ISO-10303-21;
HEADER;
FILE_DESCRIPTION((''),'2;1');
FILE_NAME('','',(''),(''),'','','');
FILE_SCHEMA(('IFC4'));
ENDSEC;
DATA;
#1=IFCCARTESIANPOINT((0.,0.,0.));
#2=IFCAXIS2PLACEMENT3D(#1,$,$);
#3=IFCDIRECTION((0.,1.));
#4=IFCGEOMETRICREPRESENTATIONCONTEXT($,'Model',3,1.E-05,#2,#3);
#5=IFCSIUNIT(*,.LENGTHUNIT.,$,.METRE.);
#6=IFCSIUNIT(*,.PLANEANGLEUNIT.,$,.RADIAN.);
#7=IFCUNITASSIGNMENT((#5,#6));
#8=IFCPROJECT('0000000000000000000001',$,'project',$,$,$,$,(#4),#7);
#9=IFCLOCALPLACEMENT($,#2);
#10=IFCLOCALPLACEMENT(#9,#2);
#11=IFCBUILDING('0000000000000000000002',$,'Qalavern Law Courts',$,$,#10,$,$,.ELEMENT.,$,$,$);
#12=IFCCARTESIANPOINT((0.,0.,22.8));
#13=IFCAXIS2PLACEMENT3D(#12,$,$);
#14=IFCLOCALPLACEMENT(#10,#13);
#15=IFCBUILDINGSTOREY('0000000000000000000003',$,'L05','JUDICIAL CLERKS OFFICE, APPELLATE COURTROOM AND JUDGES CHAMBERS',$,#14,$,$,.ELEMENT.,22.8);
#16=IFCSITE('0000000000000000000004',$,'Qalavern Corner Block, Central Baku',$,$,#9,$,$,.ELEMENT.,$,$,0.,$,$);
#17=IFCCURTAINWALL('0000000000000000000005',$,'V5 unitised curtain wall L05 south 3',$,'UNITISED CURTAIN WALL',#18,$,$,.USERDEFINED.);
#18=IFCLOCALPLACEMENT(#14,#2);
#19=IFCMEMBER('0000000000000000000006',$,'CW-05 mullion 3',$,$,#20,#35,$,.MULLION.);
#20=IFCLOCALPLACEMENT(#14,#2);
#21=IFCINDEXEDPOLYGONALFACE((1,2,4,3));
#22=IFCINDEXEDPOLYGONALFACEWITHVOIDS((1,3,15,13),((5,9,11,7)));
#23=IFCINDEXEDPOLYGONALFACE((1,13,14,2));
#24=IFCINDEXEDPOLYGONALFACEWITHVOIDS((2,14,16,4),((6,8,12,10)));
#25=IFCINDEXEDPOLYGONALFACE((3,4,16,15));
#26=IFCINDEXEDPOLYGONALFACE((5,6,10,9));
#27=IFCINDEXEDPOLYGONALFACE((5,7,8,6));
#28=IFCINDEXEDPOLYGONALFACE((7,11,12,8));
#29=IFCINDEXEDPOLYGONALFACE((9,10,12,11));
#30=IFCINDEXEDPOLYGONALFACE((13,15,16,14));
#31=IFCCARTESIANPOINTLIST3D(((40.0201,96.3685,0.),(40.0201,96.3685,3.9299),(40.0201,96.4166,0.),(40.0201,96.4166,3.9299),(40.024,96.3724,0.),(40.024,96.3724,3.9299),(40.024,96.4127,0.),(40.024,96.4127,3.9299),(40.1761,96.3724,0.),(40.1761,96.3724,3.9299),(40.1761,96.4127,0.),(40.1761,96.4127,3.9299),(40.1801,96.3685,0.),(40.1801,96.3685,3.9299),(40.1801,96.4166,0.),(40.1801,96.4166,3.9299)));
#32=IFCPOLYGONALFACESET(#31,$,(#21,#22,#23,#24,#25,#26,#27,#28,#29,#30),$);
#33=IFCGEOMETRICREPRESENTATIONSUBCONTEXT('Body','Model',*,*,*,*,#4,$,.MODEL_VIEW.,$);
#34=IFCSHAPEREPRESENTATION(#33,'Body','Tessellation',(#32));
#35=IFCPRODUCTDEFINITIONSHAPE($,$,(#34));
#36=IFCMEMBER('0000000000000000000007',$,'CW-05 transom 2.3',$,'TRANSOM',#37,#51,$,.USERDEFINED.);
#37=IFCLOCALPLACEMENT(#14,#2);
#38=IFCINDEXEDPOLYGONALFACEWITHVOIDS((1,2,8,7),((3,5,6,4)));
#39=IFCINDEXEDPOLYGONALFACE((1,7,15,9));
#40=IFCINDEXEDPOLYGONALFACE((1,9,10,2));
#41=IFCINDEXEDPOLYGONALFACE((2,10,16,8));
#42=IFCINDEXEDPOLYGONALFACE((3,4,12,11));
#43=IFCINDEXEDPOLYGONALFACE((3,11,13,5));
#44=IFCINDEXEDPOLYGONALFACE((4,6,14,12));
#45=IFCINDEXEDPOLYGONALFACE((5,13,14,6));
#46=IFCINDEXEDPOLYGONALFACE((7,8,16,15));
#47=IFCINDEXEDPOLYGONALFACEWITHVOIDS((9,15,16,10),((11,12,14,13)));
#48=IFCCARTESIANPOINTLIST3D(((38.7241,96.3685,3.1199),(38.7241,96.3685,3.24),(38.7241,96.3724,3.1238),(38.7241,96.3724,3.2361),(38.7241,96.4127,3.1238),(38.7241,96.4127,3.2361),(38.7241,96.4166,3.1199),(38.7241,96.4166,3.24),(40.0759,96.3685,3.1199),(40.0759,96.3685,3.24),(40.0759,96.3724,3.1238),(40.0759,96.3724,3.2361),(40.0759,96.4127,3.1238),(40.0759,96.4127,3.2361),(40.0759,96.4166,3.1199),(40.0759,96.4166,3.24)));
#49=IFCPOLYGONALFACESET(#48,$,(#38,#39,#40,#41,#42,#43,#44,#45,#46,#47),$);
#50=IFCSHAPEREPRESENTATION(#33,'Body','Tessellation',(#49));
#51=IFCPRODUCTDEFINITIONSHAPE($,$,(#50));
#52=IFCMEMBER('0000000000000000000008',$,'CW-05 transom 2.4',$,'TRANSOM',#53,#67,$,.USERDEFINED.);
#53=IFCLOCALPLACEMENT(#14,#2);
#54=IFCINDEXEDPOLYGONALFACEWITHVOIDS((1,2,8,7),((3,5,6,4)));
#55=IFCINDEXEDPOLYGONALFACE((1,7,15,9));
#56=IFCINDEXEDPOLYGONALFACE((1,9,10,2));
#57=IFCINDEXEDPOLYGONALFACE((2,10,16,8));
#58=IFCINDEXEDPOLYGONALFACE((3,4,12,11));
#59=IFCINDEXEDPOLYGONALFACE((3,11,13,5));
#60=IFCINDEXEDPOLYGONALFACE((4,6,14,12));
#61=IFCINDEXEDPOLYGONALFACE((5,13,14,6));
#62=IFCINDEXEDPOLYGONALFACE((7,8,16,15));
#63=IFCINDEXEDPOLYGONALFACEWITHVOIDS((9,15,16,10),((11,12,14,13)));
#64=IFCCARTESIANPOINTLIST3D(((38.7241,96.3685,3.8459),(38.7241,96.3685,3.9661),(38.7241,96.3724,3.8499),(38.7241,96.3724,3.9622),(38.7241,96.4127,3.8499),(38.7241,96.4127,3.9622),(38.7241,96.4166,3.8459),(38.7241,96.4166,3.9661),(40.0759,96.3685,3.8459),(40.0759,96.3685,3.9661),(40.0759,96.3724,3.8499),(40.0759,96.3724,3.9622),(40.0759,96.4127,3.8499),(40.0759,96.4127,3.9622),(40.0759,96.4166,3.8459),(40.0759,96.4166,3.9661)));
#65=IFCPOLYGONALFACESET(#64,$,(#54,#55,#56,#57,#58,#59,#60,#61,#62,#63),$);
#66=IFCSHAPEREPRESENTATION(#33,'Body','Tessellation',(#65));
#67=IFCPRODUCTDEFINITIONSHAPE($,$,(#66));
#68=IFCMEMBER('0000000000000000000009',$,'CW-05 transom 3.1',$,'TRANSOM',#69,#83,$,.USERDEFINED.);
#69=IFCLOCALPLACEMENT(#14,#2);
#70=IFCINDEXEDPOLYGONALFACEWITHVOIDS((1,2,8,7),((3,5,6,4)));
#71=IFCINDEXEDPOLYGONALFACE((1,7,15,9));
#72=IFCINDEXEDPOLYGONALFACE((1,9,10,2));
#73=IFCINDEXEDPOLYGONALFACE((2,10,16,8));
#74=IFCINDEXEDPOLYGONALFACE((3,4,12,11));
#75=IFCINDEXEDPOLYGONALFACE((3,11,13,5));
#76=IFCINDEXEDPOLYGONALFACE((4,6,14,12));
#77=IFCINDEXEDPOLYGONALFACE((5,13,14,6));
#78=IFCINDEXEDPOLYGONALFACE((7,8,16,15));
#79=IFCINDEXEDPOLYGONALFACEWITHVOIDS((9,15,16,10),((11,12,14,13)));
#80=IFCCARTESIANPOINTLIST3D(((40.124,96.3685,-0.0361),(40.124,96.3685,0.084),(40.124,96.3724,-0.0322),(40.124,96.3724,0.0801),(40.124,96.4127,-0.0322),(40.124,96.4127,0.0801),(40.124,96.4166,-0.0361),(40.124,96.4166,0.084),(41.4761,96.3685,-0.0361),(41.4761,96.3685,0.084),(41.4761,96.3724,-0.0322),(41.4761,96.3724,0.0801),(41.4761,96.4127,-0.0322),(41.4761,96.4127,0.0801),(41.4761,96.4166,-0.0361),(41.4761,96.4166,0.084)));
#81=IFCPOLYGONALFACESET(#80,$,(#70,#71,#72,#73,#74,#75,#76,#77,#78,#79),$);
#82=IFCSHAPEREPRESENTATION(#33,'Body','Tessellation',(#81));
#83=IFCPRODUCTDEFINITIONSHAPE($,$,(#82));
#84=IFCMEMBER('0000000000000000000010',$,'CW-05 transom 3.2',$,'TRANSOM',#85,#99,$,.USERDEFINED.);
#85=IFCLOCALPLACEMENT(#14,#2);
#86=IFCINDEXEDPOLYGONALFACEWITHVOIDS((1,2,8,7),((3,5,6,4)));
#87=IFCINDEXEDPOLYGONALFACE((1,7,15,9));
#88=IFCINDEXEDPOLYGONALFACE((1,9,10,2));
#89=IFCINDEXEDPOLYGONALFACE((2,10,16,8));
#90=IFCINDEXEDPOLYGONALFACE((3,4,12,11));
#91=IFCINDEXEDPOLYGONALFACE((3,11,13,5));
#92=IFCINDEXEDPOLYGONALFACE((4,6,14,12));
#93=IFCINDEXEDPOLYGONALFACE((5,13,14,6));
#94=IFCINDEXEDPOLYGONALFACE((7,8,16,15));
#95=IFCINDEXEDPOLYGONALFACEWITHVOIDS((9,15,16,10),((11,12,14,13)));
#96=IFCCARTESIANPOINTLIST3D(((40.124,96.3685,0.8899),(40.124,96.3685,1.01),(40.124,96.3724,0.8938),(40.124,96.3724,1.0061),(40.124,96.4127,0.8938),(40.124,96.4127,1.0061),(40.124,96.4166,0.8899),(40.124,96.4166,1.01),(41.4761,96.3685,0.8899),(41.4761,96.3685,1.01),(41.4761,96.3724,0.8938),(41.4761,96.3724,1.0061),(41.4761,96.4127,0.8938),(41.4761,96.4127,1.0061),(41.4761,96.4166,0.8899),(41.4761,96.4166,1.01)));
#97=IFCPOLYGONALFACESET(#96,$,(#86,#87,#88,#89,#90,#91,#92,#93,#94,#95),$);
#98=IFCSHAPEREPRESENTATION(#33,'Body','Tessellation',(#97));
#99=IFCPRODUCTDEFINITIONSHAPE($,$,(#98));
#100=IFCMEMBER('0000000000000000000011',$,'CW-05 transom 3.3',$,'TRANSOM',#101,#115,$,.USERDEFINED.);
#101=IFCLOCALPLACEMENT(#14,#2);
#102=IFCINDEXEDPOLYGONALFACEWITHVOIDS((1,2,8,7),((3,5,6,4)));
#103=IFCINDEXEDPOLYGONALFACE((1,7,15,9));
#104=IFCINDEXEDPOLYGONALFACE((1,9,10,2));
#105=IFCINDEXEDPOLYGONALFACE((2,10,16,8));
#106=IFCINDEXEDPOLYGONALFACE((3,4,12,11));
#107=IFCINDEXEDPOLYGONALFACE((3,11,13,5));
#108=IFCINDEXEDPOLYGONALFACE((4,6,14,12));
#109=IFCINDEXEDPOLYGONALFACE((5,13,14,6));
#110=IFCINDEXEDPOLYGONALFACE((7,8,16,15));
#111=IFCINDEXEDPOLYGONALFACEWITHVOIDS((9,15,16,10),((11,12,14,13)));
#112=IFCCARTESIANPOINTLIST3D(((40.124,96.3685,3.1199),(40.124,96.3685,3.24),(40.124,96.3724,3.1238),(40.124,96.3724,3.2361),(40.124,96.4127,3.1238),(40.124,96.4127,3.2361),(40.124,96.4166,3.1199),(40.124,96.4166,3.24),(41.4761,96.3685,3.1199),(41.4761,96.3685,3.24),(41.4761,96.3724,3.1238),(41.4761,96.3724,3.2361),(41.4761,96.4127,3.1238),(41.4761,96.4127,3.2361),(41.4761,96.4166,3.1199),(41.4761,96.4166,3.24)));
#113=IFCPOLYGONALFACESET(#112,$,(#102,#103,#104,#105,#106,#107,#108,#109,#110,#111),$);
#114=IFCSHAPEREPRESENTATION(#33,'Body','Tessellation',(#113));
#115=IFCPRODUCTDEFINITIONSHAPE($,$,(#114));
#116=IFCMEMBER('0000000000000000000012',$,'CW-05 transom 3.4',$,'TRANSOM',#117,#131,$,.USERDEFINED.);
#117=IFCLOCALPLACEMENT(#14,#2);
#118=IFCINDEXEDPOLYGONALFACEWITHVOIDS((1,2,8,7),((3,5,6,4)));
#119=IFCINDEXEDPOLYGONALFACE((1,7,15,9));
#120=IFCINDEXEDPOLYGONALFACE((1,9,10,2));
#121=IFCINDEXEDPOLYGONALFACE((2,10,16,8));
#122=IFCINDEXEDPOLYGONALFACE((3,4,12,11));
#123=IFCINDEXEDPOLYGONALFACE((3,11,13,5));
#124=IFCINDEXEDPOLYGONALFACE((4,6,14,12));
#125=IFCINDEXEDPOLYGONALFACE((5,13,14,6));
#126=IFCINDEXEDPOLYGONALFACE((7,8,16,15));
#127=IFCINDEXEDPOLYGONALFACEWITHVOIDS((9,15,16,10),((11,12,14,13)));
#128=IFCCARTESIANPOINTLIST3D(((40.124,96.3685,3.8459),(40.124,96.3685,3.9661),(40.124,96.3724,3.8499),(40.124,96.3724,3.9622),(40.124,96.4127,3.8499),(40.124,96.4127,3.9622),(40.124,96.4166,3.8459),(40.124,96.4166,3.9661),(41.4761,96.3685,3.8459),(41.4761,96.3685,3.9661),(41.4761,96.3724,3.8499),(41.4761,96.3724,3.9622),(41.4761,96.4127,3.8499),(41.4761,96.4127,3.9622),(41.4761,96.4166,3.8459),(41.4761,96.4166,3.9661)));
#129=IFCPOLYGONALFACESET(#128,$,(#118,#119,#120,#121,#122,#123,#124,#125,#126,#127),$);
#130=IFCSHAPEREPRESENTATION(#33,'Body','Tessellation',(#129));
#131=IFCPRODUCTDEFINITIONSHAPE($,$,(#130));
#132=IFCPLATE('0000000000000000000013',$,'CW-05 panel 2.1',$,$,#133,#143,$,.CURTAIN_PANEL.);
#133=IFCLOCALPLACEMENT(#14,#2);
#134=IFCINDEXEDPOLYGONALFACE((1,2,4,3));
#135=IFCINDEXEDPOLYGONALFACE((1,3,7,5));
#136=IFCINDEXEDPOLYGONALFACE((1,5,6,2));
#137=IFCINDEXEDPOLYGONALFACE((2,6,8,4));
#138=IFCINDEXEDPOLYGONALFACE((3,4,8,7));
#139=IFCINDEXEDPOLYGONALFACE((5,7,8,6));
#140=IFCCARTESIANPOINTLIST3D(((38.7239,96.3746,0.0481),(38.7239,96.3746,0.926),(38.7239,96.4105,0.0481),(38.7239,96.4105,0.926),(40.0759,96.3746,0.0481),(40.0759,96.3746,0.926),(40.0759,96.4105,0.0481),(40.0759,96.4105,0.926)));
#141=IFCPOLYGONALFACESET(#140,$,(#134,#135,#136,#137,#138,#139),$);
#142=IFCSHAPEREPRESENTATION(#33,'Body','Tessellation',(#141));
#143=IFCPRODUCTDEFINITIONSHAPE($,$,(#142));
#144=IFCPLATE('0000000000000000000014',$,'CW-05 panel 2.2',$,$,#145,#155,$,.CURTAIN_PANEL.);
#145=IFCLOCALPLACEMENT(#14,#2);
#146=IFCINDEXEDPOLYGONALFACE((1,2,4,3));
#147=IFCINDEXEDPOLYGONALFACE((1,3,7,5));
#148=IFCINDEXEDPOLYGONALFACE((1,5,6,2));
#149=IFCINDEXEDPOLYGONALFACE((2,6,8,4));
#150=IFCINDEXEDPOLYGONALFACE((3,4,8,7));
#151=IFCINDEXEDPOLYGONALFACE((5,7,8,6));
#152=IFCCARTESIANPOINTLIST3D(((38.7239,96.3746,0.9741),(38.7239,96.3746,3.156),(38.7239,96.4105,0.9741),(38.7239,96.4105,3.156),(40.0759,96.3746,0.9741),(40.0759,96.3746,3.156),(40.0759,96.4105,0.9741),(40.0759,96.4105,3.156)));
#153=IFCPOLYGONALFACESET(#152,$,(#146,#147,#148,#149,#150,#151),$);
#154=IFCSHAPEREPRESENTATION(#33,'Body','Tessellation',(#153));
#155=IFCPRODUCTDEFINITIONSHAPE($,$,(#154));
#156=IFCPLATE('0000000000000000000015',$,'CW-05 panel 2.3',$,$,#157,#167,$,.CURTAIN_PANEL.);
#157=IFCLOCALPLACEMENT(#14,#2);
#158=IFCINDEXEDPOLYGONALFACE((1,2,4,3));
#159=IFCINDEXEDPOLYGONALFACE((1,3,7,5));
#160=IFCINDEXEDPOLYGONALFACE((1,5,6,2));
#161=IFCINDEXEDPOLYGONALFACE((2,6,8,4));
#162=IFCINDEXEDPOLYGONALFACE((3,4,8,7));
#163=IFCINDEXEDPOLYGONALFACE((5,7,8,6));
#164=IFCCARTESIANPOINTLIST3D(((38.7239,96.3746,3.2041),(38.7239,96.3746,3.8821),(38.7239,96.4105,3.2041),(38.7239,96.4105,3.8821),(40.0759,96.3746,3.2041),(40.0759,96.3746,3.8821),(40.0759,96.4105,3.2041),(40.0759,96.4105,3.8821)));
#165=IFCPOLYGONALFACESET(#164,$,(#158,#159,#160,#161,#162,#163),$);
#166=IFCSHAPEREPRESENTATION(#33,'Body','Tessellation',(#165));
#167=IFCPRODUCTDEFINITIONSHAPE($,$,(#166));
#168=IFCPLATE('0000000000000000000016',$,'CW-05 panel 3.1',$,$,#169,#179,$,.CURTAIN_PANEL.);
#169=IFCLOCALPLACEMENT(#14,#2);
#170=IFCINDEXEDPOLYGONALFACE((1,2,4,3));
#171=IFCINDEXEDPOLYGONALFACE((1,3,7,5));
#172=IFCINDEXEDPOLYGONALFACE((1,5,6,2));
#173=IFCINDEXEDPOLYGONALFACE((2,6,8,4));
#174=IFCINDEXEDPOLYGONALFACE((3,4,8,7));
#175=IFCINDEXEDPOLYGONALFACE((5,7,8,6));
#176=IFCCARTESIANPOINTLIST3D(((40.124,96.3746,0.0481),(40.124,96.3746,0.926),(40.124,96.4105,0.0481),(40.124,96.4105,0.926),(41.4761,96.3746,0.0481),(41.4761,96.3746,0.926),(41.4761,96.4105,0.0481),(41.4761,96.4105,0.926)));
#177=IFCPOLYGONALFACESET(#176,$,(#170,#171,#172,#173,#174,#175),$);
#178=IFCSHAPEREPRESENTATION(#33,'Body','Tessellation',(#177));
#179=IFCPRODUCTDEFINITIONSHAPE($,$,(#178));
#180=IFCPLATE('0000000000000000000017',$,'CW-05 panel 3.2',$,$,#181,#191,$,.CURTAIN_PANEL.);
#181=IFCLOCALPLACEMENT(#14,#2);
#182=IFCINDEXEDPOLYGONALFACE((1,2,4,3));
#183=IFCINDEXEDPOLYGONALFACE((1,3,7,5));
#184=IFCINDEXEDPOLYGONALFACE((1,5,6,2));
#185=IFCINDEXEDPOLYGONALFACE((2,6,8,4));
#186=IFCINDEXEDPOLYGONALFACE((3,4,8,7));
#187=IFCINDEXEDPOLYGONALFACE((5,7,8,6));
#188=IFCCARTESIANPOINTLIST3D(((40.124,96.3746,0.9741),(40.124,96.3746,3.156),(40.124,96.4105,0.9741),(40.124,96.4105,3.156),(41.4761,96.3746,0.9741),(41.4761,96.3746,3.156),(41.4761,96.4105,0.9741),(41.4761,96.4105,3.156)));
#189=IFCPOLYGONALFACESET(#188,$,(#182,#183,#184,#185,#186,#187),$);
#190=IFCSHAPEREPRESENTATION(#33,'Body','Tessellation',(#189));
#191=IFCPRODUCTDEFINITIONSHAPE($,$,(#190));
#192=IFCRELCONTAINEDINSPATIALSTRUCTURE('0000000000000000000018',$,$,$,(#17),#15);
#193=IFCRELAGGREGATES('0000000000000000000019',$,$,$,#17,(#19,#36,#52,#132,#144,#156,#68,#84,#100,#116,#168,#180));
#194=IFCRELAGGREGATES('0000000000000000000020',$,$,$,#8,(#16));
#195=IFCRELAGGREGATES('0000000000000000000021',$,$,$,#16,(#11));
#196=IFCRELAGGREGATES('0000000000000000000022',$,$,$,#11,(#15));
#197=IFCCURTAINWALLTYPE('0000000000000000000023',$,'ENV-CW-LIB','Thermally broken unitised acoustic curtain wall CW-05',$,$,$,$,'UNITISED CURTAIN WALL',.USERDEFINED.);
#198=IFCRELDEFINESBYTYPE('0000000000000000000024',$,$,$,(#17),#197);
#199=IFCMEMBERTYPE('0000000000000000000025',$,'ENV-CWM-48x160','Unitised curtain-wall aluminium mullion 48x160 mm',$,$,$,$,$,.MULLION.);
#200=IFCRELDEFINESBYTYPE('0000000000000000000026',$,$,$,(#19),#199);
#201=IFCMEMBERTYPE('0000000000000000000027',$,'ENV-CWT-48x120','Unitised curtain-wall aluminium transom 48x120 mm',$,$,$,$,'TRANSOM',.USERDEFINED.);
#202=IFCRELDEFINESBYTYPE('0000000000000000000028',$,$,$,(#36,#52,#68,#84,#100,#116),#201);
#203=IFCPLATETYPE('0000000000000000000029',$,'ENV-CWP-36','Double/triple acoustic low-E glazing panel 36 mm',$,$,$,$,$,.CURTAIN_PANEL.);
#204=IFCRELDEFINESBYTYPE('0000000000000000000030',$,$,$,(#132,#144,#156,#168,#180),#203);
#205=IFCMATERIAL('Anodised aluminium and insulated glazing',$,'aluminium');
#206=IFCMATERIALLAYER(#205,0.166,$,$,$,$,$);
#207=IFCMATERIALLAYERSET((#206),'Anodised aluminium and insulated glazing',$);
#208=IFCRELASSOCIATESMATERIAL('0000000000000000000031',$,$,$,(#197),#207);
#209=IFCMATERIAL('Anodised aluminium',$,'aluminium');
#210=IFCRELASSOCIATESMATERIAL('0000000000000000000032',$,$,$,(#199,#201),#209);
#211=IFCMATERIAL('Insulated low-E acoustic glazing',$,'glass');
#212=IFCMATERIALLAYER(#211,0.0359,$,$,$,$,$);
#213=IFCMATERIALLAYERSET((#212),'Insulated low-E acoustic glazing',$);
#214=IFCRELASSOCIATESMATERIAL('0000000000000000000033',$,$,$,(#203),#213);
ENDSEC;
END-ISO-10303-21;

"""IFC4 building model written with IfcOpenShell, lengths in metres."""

from ifc_helpers import new_model, si_unit, direction, frame, origin, origin_2d, place, context, subcontext, project, spatial, rectangle, hollow_rectangle, extrude, material, layer, layer_set, material_profile, profile_set, type_object, element, aggregate, save


model = new_model("IFC4")

# Units and contexts
model_context = context("Model", 3, precision=1e-05, world=origin(), true_north=direction((0.0, 1.0)))
body_context = subcontext(model_context, "Body", "Model", "MODEL_VIEW")
ifc_project = project(units=[si_unit("LENGTHUNIT", "METRE"), si_unit("PLANEANGLEUNIT", "RADIAN")], contexts=[model_context])

# Site, building, storey
site_placement = place(None, origin())
site = spatial("IfcSite", under=ifc_project, at=site_placement, Name="Qalavern Corner Block, Central Baku", CompositionType="ELEMENT", RefElevation=0.0)
building_placement = place(site_placement, origin())
building = spatial("IfcBuilding", under=site, at=building_placement, Name="Qalavern Law Courts", CompositionType="ELEMENT")
storey_placement = place(building_placement, frame((0.0, 0.0, 22.8)))
storey = spatial("IfcBuildingStorey", under=building, at=storey_placement, Name="L05", Description="JUDICIAL CLERKS OFFICE, APPELLATE COURTROOM AND JUDGES CHAMBERS", CompositionType="ELEMENT", Elevation=22.8)

# Curtain wall, members, plates
ifc_material_1 = material(Name="Anodised aluminium and insulated glazing", Category="aluminium")
ifc_layer_1 = layer(ifc_material_1, 0.166)
ifc_layer_set_1 = layer_set([ifc_layer_1], Name="Anodised aluminium and insulated glazing")
curtain_wall_type = type_object("IfcCurtainWallType", Name="ENV-CW-LIB", Description="Thermally broken unitised acoustic curtain wall CW-05", ElementType="UNITISED CURTAIN WALL", PredefinedType="USERDEFINED", material=ifc_layer_set_1)
curtain_wall_placement = place(storey_placement, origin())
curtain_wall = element("IfcCurtainWall", 1, at=curtain_wall_placement, inside=storey, type_object=curtain_wall_type, Name="V5 unitised curtain wall L05 south 3", ObjectType="UNITISED CURTAIN WALL", PredefinedType="USERDEFINED")
ifc_material_2 = material(Name="Anodised aluminium", Category="aluminium")
ifc_material_profile_1 = material_profile(ifc_material_2, hollow_rectangle(XDim=0.0481, YDim=0.1599, WallThickness=0.0039, at=origin_2d()), Name="ALU MULLION 48x160")
ifc_profile_set_1 = profile_set([ifc_material_profile_1], Name="Anodised aluminium")
member_type_1 = type_object("IfcMemberType", Name="ENV-CWM-48x160", Description="Unitised curtain-wall aluminium mullion 48x160 mm", PredefinedType="MULLION", material=ifc_profile_set_1)
member_1_placement = place(storey_placement, frame((40.1001, 96.3926, 0.0), z_axis=(0.0, 0.0, 1.0), x_axis=(0.0, 1.0, 0.0)))
member_1 = element("IfcMember", 2, at=member_1_placement, type_object=member_type_1, Name="CW-05 mullion 3", PredefinedType="MULLION", context=body_context, shape_type="SweptSolid", body=[
    extrude(hollow_rectangle(XDim=0.0481, YDim=0.1599, WallThickness=0.0039, at=origin_2d()), origin(), (0.0, 0.0, 1.0), 3.9299),
])
ifc_material_profile_2 = material_profile(ifc_material_2, hollow_rectangle(XDim=0.0481, YDim=0.1201, WallThickness=0.0039, at=origin_2d()), Name="ALU TRANSOM 48x120")
ifc_profile_set_2 = profile_set([ifc_material_profile_2], Name="Anodised aluminium")
member_type_2 = type_object("IfcMemberType", Name="ENV-CWT-48x120", Description="Unitised curtain-wall aluminium transom 48x120 mm", ElementType="TRANSOM", PredefinedType="USERDEFINED", material=ifc_profile_set_2)
member_2_placement = place(storey_placement, frame((38.7241, 96.3926, 3.1799), z_axis=(1.0, 0.0, 0.0), x_axis=(0.0, 1.0, 0.0)))
member_2 = element("IfcMember", 3, at=member_2_placement, type_object=member_type_2, Name="CW-05 transom 2.3", ObjectType="TRANSOM", PredefinedType="USERDEFINED", context=body_context, shape_type="SweptSolid", body=[
    extrude(hollow_rectangle(XDim=0.0481, YDim=0.1201, WallThickness=0.0039, at=origin_2d()), origin(), (0.0, 0.0, 1.0), 1.3518),
])
member_3_placement = place(storey_placement, frame((38.7241, 96.3926, 3.906), z_axis=(1.0, 0.0, 0.0), x_axis=(0.0, 1.0, 0.0)))
member_3 = element("IfcMember", 4, at=member_3_placement, type_object=member_type_2, Name="CW-05 transom 2.4", ObjectType="TRANSOM", PredefinedType="USERDEFINED", context=body_context, shape_type="SweptSolid", body=[
    extrude(hollow_rectangle(XDim=0.0481, YDim=0.1201, WallThickness=0.0039, at=origin_2d()), origin(), (0.0, 0.0, 1.0), 1.3518),
])
member_4_placement = place(storey_placement, frame((40.124, 96.3926, 0.0239), z_axis=(1.0, 0.0, 0.0), x_axis=(0.0, 1.0, 0.0)))
member_4 = element("IfcMember", 5, at=member_4_placement, type_object=member_type_2, Name="CW-05 transom 3.1", ObjectType="TRANSOM", PredefinedType="USERDEFINED", context=body_context, shape_type="SweptSolid", body=[
    extrude(hollow_rectangle(XDim=0.0481, YDim=0.1201, WallThickness=0.0039, at=origin_2d()), origin(), (0.0, 0.0, 1.0), 1.3521),
])
member_5_placement = place(storey_placement, frame((40.124, 96.3926, 0.95), z_axis=(1.0, 0.0, 0.0), x_axis=(0.0, 1.0, 0.0)))
member_5 = element("IfcMember", 6, at=member_5_placement, type_object=member_type_2, Name="CW-05 transom 3.2", ObjectType="TRANSOM", PredefinedType="USERDEFINED", context=body_context, shape_type="SweptSolid", body=[
    extrude(hollow_rectangle(XDim=0.0481, YDim=0.1201, WallThickness=0.0039, at=origin_2d()), origin(), (0.0, 0.0, 1.0), 1.3521),
])
member_6_placement = place(storey_placement, frame((40.124, 96.3926, 3.1799), z_axis=(1.0, 0.0, 0.0), x_axis=(0.0, 1.0, 0.0)))
member_6 = element("IfcMember", 7, at=member_6_placement, type_object=member_type_2, Name="CW-05 transom 3.3", ObjectType="TRANSOM", PredefinedType="USERDEFINED", context=body_context, shape_type="SweptSolid", body=[
    extrude(hollow_rectangle(XDim=0.0481, YDim=0.1201, WallThickness=0.0039, at=origin_2d()), origin(), (0.0, 0.0, 1.0), 1.3521),
])
member_7_placement = place(storey_placement, frame((40.124, 96.3926, 3.906), z_axis=(1.0, 0.0, 0.0), x_axis=(0.0, 1.0, 0.0)))
member_7 = element("IfcMember", 8, at=member_7_placement, type_object=member_type_2, Name="CW-05 transom 3.4", ObjectType="TRANSOM", PredefinedType="USERDEFINED", context=body_context, shape_type="SweptSolid", body=[
    extrude(hollow_rectangle(XDim=0.0481, YDim=0.1201, WallThickness=0.0039, at=origin_2d()), origin(), (0.0, 0.0, 1.0), 1.3521),
])
ifc_material_3 = material(Name="Insulated low-E acoustic glazing", Category="glass")
ifc_layer_2 = layer(ifc_material_3, 0.0359)
ifc_layer_set_2 = layer_set([ifc_layer_2], Name="Insulated low-E acoustic glazing")
plate_type = type_object("IfcPlateType", Name="ENV-CWP-36", Description="Double/triple acoustic low-E glazing panel 36 mm", PredefinedType="CURTAIN_PANEL", material=ifc_layer_set_2)
plate_1_placement = place(storey_placement, frame((39.3999, 96.3926, 0.0481), z_axis=(0.0, 0.0, 1.0), x_axis=(1.0, 0.0, 0.0)))
plate_1 = element("IfcPlate", 9, at=plate_1_placement, type_object=plate_type, Name="CW-05 panel 2.1", PredefinedType="CURTAIN_PANEL", context=body_context, shape_type="SweptSolid", body=[
    extrude(rectangle(XDim=1.3521, YDim=0.0359, at=origin_2d()), origin(), (0.0, 0.0, 1.0), 0.8779),
])
plate_2_placement = place(storey_placement, frame((39.3999, 96.3926, 0.9741), z_axis=(0.0, 0.0, 1.0), x_axis=(1.0, 0.0, 0.0)))
plate_2 = element("IfcPlate", 10, at=plate_2_placement, type_object=plate_type, Name="CW-05 panel 2.2", PredefinedType="CURTAIN_PANEL", context=body_context, shape_type="SweptSolid", body=[
    extrude(rectangle(XDim=1.3521, YDim=0.0359, at=origin_2d()), origin(), (0.0, 0.0, 1.0), 2.1819),
])
plate_3_placement = place(storey_placement, frame((39.3999, 96.3926, 3.2041), z_axis=(0.0, 0.0, 1.0), x_axis=(1.0, 0.0, 0.0)))
plate_3 = element("IfcPlate", 11, at=plate_3_placement, type_object=plate_type, Name="CW-05 panel 2.3", PredefinedType="CURTAIN_PANEL", context=body_context, shape_type="SweptSolid", body=[
    extrude(rectangle(XDim=1.3521, YDim=0.0359, at=origin_2d()), origin(), (0.0, 0.0, 1.0), 0.678),
])
plate_4_placement = place(storey_placement, frame((40.8, 96.3926, 0.0481), z_axis=(0.0, 0.0, 1.0), x_axis=(1.0, 0.0, 0.0)))
plate_4 = element("IfcPlate", 12, at=plate_4_placement, type_object=plate_type, Name="CW-05 panel 3.1", PredefinedType="CURTAIN_PANEL", context=body_context, shape_type="SweptSolid", body=[
    extrude(rectangle(XDim=1.3521, YDim=0.0359, at=origin_2d()), origin(), (0.0, 0.0, 1.0), 0.8779),
])
plate_5_placement = place(storey_placement, frame((40.8, 96.3926, 0.9741), z_axis=(0.0, 0.0, 1.0), x_axis=(1.0, 0.0, 0.0)))
plate_5 = element("IfcPlate", 13, at=plate_5_placement, type_object=plate_type, Name="CW-05 panel 3.2", PredefinedType="CURTAIN_PANEL", context=body_context, shape_type="SweptSolid", body=[
    extrude(rectangle(XDim=1.3521, YDim=0.0359, at=origin_2d()), origin(), (0.0, 0.0, 1.0), 2.1819),
])
aggregate(curtain_wall, [member_1, member_2, member_3, plate_1, plate_2, plate_3, member_4, member_5, member_6, member_7, plate_4, plate_5])

save(model, "model.ifc")
